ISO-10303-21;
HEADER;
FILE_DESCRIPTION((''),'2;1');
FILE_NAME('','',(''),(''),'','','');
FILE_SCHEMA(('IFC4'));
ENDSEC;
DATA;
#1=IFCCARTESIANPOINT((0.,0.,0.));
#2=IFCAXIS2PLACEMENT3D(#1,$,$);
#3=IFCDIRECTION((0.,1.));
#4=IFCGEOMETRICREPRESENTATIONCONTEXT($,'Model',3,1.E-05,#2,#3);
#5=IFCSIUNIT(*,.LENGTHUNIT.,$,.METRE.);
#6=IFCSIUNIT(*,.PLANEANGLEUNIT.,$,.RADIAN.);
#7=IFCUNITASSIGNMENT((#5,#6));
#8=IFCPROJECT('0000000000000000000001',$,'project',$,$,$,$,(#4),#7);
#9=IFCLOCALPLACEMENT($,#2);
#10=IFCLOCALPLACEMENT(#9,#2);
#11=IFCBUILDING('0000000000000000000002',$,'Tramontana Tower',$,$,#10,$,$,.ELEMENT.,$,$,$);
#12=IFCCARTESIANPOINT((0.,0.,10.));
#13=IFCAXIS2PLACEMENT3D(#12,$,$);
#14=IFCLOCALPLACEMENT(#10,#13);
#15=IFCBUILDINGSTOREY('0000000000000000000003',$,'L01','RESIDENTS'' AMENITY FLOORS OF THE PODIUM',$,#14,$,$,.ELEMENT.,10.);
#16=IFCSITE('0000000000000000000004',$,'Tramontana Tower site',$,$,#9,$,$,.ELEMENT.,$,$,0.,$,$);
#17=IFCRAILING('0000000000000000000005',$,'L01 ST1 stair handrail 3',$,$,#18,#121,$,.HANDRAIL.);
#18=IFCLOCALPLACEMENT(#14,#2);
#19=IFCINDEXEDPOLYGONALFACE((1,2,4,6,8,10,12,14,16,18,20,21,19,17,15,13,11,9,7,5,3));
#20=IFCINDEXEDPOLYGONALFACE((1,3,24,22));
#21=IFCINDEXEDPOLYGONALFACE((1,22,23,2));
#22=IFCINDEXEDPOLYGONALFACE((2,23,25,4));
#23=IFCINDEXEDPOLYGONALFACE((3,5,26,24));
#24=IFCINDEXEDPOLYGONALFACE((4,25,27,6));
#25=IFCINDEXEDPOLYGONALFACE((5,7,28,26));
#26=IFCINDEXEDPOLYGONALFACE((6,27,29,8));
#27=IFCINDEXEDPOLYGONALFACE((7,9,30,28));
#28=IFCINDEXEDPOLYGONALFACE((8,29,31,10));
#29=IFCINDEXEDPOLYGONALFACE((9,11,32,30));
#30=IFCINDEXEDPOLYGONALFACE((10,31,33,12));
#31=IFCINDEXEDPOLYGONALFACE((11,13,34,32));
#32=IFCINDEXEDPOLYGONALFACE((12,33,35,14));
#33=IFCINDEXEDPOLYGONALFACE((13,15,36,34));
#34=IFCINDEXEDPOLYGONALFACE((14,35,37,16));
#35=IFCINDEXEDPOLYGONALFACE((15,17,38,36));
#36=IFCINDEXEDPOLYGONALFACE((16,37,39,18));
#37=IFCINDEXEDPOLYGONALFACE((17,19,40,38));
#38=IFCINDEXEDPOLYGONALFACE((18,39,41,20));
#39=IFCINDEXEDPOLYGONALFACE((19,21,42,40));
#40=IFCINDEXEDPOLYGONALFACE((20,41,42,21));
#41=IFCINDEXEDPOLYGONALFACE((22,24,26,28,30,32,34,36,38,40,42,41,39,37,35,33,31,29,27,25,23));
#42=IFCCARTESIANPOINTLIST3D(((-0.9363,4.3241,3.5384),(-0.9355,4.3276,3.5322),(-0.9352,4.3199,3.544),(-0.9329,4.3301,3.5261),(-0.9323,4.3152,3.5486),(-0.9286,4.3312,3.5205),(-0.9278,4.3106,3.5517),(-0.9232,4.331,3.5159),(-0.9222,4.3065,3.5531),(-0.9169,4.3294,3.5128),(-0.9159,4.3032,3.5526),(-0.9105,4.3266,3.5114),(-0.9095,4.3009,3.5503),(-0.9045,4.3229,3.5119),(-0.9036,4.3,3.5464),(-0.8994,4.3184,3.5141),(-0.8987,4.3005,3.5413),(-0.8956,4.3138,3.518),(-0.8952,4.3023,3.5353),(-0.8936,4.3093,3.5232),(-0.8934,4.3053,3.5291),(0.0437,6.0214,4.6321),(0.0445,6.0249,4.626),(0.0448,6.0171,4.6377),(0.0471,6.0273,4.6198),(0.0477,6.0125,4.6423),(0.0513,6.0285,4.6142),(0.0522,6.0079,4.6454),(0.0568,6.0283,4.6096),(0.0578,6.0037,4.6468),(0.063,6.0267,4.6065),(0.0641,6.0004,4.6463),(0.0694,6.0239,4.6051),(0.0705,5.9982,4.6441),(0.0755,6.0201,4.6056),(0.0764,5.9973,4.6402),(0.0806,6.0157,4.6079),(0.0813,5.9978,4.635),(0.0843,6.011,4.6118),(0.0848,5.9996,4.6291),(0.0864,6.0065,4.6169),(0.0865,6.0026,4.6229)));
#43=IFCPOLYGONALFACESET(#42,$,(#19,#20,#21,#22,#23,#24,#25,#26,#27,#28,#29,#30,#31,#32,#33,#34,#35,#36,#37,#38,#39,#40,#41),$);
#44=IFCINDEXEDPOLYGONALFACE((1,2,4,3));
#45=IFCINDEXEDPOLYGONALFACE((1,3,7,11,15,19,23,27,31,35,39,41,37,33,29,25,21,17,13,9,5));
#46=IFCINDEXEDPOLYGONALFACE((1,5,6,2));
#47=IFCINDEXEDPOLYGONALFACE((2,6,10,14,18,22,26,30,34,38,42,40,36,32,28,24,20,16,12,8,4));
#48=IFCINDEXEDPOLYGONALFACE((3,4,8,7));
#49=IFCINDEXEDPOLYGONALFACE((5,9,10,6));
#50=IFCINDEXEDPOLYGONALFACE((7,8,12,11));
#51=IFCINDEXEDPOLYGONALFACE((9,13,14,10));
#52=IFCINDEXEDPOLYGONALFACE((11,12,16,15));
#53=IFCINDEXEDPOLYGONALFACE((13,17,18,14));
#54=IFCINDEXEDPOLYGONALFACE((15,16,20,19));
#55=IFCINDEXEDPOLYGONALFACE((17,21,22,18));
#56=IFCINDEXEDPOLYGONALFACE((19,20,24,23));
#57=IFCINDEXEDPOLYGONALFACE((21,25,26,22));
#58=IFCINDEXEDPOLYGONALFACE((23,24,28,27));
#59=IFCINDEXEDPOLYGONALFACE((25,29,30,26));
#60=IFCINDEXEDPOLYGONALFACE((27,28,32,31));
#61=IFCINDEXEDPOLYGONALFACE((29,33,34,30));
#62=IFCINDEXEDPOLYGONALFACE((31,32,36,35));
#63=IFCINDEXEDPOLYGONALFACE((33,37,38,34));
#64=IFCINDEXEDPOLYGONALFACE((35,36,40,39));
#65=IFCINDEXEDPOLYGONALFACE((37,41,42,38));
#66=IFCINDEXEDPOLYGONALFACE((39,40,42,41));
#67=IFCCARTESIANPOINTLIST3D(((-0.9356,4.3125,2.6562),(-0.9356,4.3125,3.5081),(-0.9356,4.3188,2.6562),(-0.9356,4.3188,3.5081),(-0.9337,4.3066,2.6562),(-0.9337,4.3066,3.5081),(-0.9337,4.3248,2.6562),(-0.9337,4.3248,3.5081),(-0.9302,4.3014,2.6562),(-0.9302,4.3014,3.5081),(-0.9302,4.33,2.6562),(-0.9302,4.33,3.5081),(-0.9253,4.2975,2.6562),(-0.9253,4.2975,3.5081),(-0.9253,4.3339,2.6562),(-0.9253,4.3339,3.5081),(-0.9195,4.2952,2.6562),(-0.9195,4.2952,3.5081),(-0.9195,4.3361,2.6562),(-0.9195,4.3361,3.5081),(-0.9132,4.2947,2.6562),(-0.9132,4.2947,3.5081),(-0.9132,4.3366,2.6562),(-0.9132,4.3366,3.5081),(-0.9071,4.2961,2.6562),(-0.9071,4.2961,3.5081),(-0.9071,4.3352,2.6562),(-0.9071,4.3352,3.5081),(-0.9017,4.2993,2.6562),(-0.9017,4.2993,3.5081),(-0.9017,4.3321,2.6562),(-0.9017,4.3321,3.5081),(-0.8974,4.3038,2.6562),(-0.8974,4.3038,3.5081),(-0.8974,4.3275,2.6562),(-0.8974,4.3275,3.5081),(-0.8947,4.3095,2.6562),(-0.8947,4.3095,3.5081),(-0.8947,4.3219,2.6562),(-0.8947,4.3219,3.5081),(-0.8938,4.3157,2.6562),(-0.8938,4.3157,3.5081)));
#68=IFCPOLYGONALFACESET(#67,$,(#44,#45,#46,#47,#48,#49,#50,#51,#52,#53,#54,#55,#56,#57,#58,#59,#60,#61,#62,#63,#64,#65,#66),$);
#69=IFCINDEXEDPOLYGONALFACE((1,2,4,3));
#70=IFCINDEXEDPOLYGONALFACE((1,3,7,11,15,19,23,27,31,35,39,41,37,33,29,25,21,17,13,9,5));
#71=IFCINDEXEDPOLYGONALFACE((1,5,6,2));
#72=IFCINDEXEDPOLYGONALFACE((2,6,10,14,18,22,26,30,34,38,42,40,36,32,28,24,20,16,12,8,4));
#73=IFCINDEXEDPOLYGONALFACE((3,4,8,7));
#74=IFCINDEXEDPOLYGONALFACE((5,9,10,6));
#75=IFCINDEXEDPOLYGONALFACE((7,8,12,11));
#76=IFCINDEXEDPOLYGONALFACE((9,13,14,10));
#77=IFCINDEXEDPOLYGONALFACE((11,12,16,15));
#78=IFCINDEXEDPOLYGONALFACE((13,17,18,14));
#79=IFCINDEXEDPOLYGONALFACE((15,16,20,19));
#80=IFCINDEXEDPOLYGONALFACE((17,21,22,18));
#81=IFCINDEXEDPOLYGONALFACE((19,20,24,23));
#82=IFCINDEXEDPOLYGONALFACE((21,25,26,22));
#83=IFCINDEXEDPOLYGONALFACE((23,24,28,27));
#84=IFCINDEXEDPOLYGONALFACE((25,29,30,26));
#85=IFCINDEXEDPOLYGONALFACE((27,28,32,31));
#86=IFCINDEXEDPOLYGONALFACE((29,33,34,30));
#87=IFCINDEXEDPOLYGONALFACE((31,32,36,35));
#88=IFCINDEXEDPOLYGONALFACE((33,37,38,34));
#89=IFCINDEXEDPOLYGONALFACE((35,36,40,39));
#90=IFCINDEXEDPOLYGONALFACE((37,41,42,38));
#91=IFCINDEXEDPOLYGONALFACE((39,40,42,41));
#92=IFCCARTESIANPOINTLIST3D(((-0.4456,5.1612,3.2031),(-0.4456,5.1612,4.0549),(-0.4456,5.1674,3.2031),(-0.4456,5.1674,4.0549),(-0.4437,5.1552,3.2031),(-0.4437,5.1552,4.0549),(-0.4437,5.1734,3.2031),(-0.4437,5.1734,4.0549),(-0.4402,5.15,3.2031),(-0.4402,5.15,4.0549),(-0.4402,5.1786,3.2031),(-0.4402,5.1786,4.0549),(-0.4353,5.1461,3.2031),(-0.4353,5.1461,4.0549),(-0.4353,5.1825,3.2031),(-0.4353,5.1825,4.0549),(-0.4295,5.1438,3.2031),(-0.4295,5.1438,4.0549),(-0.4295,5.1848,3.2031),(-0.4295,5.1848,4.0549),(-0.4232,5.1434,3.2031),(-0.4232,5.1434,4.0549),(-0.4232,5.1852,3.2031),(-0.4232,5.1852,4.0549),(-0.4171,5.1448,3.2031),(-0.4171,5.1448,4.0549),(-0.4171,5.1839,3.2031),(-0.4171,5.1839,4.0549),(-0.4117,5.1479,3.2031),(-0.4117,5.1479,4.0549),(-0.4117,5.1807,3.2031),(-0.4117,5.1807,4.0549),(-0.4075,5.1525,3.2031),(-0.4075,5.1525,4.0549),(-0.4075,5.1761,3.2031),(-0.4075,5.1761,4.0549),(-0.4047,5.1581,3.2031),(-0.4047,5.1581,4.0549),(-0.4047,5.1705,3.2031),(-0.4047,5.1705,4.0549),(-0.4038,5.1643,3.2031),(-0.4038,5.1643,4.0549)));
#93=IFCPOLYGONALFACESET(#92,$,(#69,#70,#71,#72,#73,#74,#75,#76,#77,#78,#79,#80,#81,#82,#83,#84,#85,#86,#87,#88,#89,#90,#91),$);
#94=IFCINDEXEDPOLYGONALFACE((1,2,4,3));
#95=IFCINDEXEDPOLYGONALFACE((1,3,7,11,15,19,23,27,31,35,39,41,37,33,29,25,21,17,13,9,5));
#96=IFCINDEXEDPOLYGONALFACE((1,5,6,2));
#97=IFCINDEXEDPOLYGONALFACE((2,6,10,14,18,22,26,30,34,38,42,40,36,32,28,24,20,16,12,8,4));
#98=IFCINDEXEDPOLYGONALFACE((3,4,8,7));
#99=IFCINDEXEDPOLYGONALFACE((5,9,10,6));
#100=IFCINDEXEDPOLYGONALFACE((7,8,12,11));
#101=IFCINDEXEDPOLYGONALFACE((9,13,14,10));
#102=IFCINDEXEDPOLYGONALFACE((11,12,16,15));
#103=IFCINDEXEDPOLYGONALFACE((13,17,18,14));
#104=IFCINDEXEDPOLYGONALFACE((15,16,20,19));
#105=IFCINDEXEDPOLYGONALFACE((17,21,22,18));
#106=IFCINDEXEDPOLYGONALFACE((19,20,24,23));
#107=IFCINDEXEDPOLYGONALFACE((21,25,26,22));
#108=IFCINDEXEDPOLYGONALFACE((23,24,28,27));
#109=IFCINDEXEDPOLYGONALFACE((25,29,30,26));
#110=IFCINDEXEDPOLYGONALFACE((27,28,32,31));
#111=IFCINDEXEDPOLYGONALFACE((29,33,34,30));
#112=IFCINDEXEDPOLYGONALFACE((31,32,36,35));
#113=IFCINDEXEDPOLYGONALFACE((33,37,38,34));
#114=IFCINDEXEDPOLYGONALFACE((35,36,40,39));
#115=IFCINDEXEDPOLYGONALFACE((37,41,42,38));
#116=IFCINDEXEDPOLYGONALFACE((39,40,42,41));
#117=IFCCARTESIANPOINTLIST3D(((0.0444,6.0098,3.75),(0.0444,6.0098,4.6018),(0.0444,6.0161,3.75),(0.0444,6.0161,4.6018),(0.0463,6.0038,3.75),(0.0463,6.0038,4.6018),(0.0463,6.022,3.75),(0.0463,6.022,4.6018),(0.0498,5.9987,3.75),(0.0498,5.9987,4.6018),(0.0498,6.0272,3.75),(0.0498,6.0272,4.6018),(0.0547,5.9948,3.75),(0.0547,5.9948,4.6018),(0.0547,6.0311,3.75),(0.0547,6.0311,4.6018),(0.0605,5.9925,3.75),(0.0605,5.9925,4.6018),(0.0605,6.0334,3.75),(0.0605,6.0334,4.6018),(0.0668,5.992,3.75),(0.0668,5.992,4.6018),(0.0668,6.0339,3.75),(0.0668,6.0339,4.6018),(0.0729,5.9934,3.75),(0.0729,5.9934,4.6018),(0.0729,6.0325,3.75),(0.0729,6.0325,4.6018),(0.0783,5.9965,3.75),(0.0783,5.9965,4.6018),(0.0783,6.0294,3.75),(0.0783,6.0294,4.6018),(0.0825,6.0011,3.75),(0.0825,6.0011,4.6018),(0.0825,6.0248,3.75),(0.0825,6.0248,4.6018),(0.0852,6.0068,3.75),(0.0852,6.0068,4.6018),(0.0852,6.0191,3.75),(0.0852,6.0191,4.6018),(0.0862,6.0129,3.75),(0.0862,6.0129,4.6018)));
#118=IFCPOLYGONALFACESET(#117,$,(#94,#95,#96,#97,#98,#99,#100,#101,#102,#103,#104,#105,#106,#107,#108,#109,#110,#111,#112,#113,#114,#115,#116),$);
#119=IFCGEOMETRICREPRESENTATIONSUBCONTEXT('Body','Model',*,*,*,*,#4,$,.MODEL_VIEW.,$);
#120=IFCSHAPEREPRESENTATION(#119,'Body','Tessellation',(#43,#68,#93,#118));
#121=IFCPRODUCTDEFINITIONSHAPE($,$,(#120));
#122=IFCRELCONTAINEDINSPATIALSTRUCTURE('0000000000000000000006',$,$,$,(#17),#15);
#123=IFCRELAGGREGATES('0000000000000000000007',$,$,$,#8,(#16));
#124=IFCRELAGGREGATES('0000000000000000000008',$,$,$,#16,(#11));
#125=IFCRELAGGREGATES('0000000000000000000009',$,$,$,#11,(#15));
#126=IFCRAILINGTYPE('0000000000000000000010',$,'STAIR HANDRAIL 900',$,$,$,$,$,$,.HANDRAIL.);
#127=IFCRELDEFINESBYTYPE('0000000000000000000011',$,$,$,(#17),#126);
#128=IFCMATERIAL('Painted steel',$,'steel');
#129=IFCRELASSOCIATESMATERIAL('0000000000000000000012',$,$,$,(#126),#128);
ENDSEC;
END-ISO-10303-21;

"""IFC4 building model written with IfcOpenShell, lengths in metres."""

from ifc_helpers import new_model, si_unit, direction, frame, origin, origin_2d, place, context, subcontext, project, spatial, circle, extrude, material, type_object, element, save


model = new_model("IFC4")

# Units and contexts
model_context = context("Model", 3, precision=1e-05, world=origin(), true_north=direction((0.0, 1.0)))
body_context = subcontext(model_context, "Body", "Model", "MODEL_VIEW")
ifc_project = project(units=[si_unit("LENGTHUNIT", "METRE"), si_unit("PLANEANGLEUNIT", "RADIAN")], contexts=[model_context])

# Site, building, storey
site_placement = place(None, origin())
site = spatial("IfcSite", under=ifc_project, at=site_placement, Name="Tramontana Tower site", CompositionType="ELEMENT", RefElevation=0.0)
building_placement = place(site_placement, origin())
building = spatial("IfcBuilding", under=site, at=building_placement, Name="Tramontana Tower", CompositionType="ELEMENT")
storey_placement = place(building_placement, frame((0.0, 0.0, 10.0)))
storey = spatial("IfcBuildingStorey", under=building, at=storey_placement, Name="L01", Description="RESIDENTS' AMENITY FLOORS OF THE PODIUM", CompositionType="ELEMENT", Elevation=10.0)

# Railing
ifc_material_1 = material(Name="Painted steel", Category="steel")
railing_type_1 = type_object("IfcRailingType", Name="STAIR HANDRAIL 900", PredefinedType="HANDRAIL", material=ifc_material_1)
railing_1_placement = place(storey_placement, frame((-0.9148, 4.3157, 2.6562)))
element("IfcRailing", 1, at=railing_1_placement, inside=storey, type_object=railing_type_1, Name="L01 ST1 stair handrail 3", PredefinedType="HANDRAIL", context=body_context, shape_type="SweptSolid", body=[
    extrude(circle(Radius=0.0239, at=origin_2d()), frame((0.0, 0.0, 0.876), z_axis=(0.436632, 0.75622, 0.487323), x_axis=(-0.866011, 0.500024, 0.0)), (0.0, 0.0, 1.0), 2.2444),
    extrude(circle(Radius=0.021, at=origin_2d()), origin(), (0.0, 0.0, 1.0), 0.8518),
    extrude(circle(Radius=0.021, at=origin_2d()), frame((0.49, 0.8486, 0.5469)), (0.0, 0.0, 1.0), 0.8518),
    extrude(circle(Radius=0.021, at=origin_2d()), frame((0.98, 1.6973, 1.0938)), (0.0, 0.0, 1.0), 0.8518),
])

save(model, "model.ifc")
